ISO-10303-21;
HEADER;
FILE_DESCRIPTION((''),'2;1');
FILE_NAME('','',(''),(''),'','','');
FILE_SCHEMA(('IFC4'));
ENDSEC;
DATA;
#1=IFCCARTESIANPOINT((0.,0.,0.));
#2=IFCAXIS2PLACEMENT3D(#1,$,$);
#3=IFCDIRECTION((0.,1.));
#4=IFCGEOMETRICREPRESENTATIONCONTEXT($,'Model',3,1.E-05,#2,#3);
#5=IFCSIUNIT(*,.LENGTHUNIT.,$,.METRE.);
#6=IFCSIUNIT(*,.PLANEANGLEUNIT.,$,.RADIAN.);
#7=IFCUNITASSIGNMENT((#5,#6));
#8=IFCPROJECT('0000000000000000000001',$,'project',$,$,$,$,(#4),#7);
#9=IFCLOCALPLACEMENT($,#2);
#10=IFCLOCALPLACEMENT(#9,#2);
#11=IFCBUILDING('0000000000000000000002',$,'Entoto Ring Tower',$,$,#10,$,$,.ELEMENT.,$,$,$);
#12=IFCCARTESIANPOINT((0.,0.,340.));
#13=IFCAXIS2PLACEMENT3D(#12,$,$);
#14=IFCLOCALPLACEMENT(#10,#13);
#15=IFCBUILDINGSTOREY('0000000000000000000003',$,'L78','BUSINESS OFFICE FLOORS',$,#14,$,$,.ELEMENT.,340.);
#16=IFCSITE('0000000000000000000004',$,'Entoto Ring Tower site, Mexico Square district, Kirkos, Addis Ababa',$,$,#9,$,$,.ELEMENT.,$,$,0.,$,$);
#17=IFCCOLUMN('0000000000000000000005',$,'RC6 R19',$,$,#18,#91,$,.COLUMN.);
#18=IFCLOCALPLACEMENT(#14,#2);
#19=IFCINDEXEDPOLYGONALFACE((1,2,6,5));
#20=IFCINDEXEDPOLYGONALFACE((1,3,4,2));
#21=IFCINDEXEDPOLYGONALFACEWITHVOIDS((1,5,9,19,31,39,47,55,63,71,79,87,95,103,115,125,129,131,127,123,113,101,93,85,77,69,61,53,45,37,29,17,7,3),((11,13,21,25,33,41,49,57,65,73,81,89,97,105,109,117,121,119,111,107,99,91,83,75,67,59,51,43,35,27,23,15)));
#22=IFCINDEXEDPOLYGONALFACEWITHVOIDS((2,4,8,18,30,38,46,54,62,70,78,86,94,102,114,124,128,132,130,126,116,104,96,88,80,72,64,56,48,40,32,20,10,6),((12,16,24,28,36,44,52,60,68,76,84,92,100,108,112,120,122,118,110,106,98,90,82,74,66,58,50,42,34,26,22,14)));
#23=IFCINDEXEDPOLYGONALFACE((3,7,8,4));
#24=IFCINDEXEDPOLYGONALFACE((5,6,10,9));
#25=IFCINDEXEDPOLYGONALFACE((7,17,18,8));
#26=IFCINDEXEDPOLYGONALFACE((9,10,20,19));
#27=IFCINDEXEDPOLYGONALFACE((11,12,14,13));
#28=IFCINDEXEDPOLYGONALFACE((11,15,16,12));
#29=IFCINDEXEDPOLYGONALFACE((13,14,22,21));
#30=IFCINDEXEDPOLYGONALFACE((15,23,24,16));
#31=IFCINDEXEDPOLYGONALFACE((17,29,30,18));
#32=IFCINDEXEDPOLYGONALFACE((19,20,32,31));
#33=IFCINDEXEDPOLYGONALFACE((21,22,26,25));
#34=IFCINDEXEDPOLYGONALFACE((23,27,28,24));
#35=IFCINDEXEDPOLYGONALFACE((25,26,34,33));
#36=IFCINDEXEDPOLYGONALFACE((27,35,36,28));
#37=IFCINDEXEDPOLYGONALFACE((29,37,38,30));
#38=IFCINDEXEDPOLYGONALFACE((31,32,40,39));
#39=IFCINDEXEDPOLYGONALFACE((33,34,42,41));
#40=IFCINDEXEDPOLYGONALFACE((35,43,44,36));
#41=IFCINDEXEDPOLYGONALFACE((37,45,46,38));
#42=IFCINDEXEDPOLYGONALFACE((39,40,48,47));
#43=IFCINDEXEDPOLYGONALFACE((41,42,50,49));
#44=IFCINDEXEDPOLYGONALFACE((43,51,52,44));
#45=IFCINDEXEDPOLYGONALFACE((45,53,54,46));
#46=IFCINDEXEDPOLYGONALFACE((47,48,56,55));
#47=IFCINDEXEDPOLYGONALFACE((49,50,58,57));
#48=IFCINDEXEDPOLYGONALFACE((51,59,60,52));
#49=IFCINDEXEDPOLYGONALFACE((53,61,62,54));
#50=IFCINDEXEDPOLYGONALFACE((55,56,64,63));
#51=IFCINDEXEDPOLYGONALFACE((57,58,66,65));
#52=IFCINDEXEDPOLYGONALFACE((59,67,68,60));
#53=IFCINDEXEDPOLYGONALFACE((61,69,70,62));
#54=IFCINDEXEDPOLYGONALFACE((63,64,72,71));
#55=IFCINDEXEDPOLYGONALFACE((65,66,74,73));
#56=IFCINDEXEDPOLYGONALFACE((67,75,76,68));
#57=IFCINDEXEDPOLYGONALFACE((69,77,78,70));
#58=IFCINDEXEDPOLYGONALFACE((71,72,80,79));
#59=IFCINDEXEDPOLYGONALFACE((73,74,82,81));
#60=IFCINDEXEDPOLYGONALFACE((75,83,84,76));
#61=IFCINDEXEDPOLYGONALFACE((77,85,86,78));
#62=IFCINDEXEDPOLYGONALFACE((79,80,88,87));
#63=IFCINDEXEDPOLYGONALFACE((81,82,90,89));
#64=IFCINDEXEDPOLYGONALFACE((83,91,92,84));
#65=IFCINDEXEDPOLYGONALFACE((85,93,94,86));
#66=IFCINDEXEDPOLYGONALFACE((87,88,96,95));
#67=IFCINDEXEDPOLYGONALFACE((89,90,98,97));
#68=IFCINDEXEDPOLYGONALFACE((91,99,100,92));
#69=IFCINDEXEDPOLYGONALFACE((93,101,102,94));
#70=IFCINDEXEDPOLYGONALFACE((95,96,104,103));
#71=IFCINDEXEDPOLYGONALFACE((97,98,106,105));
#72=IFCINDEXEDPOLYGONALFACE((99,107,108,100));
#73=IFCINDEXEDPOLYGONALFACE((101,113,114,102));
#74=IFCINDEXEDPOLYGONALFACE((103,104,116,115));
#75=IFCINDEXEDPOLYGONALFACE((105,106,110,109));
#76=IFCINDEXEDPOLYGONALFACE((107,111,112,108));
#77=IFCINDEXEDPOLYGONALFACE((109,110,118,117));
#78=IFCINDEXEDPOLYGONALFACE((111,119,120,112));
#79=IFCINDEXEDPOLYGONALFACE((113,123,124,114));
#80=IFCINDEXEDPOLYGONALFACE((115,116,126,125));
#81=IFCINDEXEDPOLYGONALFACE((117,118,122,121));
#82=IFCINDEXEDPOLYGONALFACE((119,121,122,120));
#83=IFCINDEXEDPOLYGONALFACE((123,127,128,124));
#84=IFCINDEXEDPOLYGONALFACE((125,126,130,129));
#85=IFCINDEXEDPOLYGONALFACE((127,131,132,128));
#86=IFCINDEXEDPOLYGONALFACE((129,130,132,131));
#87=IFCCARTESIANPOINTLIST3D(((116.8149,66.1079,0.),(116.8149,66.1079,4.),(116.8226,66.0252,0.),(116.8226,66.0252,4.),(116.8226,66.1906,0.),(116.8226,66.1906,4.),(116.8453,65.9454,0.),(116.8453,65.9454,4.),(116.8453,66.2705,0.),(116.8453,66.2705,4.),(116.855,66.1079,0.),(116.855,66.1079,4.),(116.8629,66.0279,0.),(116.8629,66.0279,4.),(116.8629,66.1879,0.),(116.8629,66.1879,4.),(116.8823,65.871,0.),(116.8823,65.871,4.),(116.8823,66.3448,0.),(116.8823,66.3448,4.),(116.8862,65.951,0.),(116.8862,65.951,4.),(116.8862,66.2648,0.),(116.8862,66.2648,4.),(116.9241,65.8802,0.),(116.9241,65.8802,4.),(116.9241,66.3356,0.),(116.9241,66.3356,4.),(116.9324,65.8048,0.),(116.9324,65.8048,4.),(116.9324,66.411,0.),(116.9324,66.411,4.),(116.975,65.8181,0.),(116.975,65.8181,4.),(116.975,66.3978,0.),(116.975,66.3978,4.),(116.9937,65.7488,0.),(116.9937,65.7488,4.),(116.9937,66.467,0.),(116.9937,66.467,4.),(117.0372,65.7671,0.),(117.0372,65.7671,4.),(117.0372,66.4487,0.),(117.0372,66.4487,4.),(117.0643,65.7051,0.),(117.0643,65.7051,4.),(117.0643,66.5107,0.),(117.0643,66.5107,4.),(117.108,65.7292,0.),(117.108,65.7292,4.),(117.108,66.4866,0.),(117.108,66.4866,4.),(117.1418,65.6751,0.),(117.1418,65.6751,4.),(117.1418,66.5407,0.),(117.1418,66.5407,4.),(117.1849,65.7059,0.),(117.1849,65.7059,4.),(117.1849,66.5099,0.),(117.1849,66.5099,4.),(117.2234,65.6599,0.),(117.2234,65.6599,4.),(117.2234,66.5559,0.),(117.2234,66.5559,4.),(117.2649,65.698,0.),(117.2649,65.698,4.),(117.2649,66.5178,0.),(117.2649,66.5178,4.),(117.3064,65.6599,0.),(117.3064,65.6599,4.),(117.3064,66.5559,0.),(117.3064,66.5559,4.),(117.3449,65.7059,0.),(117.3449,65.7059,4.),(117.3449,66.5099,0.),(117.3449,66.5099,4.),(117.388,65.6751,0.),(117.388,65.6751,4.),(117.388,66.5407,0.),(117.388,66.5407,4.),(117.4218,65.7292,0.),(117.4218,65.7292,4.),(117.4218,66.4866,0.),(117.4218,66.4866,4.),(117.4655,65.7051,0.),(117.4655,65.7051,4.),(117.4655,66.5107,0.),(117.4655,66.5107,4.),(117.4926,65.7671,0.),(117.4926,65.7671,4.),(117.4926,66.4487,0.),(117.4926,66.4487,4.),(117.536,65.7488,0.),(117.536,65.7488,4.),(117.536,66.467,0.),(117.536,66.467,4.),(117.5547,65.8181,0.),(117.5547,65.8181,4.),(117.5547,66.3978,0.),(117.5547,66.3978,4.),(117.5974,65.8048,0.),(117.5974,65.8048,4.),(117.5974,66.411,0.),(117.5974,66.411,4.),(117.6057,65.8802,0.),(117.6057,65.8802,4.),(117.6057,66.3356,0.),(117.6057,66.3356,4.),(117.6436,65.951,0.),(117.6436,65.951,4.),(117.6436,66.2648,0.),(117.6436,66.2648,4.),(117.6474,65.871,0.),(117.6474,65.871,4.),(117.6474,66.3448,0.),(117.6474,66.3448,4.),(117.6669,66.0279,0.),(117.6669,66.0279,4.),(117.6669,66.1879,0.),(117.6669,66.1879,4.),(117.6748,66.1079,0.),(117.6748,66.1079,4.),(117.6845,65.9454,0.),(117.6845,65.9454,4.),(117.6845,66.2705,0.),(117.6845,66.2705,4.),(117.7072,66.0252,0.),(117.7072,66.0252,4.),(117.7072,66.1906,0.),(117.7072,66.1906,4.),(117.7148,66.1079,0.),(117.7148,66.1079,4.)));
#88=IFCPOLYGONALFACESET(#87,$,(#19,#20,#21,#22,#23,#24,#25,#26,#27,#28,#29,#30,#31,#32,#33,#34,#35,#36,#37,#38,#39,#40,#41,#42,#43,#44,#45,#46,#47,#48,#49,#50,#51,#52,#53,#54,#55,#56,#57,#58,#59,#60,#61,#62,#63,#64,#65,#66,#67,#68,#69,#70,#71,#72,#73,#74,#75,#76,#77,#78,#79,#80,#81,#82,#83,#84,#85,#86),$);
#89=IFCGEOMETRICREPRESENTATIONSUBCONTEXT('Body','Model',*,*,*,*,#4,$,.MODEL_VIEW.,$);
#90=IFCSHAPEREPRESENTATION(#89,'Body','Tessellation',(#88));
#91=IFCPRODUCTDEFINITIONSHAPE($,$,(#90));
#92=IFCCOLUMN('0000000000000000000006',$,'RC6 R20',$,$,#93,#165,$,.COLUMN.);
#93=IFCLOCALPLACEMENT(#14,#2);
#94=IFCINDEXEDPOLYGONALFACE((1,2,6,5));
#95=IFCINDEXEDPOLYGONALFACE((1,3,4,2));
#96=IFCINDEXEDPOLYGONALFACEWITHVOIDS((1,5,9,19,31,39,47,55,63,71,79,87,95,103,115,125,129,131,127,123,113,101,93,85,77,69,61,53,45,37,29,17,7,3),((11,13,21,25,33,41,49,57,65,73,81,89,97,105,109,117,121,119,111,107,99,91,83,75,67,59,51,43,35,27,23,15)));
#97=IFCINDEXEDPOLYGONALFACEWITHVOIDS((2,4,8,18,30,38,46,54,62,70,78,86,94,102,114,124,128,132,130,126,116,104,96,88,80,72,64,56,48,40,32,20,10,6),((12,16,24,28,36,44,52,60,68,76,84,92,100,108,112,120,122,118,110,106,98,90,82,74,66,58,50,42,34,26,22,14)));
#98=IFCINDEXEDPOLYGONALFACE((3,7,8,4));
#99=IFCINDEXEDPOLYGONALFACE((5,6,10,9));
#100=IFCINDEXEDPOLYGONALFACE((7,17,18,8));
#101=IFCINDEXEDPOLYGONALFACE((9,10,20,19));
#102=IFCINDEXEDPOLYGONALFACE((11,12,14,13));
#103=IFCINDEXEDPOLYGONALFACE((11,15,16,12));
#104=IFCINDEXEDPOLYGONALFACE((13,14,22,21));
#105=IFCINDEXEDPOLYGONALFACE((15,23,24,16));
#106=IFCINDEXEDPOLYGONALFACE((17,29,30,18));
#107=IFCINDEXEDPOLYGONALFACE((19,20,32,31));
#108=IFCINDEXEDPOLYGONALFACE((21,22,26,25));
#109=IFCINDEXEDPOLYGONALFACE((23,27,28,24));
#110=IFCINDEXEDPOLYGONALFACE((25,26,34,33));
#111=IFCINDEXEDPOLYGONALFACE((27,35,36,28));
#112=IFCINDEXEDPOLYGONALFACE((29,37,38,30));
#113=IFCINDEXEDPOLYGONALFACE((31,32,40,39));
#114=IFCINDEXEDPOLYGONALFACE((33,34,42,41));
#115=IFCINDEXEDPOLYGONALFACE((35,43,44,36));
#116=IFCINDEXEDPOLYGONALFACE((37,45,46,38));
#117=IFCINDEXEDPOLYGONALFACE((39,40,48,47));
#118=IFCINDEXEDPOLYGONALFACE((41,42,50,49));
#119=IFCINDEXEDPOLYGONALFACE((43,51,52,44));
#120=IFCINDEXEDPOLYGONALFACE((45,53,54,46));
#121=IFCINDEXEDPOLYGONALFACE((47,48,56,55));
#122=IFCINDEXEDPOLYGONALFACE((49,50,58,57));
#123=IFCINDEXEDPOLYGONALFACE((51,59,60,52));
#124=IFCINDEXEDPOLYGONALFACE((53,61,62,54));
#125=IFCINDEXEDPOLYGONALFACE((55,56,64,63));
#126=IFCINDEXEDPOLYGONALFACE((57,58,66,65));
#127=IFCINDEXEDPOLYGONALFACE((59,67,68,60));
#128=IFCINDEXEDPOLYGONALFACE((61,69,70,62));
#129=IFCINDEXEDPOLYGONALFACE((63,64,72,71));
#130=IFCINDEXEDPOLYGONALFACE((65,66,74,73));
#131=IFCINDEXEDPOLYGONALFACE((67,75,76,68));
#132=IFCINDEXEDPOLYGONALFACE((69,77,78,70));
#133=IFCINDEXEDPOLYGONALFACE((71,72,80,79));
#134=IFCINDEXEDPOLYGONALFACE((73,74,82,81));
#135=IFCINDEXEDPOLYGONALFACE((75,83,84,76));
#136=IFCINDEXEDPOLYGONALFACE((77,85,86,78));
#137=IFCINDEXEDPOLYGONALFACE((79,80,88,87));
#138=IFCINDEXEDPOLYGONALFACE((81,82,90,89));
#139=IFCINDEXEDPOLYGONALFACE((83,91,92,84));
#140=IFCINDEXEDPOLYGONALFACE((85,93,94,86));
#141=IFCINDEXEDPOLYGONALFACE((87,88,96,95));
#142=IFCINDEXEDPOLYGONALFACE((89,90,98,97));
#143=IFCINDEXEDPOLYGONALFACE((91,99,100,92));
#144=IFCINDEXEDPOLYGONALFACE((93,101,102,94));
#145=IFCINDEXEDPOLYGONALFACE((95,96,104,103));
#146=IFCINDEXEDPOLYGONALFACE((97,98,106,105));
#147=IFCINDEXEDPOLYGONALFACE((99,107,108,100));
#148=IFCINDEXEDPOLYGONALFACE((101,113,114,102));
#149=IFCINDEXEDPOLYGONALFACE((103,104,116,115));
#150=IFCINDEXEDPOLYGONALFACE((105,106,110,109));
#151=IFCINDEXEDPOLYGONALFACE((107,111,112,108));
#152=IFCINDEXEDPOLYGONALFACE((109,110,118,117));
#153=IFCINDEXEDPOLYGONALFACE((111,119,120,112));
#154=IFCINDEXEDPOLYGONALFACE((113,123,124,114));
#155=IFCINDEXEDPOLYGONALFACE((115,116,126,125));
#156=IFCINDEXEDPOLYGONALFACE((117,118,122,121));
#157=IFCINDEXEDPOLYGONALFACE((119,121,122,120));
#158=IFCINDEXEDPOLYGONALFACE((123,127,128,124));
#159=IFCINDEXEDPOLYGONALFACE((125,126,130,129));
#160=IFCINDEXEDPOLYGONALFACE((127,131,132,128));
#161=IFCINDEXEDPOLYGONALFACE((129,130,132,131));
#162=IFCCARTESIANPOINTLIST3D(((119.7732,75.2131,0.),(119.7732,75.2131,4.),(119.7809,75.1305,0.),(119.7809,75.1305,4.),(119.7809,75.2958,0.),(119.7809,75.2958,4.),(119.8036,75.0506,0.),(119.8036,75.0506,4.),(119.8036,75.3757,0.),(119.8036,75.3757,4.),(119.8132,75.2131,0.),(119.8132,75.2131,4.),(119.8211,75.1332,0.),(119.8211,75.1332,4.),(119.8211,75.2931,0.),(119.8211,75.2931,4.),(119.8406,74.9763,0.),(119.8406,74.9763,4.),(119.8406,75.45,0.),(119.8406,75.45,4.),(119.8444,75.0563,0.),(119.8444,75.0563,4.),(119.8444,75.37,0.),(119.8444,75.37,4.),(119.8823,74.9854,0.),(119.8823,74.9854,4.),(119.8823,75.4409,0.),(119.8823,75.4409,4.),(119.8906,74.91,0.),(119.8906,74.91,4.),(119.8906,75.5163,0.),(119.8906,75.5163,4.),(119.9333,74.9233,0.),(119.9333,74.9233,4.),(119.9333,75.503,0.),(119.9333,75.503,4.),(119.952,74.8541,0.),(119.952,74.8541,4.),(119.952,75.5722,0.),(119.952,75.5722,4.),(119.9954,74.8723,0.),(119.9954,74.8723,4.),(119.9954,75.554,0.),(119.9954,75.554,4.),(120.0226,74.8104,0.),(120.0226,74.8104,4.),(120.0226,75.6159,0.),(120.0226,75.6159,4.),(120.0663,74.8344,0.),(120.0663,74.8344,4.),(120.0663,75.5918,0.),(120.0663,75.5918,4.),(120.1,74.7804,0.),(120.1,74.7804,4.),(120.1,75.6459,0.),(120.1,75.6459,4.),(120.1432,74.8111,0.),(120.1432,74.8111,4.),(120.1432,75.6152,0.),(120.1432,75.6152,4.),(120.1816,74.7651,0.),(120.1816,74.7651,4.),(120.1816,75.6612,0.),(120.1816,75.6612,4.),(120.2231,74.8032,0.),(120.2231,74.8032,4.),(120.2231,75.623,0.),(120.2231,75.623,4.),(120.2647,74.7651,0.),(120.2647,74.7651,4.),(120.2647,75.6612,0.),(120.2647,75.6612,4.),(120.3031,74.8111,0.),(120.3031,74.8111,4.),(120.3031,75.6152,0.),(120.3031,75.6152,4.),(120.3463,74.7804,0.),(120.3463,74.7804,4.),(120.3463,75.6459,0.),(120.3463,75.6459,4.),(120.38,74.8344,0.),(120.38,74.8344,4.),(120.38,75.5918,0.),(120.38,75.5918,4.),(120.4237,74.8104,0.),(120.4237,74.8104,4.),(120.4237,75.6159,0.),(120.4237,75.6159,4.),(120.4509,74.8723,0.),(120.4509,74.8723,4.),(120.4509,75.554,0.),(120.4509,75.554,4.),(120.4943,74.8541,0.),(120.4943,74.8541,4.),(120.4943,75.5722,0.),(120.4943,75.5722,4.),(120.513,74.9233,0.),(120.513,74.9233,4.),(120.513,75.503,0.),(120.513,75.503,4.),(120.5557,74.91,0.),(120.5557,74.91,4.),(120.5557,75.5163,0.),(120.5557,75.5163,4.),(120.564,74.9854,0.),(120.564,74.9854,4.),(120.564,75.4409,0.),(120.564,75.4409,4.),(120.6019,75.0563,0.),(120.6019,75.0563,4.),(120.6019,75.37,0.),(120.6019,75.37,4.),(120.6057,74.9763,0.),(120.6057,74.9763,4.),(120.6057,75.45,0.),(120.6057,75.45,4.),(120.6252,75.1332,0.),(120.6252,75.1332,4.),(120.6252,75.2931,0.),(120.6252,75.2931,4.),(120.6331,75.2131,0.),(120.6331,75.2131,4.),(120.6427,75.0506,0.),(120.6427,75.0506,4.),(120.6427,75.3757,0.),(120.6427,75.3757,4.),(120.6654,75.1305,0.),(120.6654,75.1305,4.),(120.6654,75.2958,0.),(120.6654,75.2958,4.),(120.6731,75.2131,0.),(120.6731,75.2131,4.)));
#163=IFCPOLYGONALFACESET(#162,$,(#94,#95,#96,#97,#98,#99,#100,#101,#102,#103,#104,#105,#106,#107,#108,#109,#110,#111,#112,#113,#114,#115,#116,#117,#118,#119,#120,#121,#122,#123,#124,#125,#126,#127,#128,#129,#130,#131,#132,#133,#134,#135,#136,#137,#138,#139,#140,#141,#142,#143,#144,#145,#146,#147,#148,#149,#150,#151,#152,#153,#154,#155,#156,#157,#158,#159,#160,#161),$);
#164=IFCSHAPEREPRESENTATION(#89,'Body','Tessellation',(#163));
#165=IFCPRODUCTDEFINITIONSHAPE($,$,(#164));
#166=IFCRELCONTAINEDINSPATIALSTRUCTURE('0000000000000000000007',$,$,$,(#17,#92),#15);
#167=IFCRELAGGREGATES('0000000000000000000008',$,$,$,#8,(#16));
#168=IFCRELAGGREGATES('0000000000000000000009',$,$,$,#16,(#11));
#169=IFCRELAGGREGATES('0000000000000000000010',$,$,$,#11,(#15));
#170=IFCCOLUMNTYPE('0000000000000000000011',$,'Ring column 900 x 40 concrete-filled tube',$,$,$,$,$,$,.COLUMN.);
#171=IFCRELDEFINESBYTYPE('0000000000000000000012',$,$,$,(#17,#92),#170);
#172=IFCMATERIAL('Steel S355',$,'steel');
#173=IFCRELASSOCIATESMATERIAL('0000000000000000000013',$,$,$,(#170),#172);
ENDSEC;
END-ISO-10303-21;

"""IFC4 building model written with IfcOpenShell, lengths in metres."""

from ifc_helpers import new_model, si_unit, direction, frame, origin, origin_2d, place, context, subcontext, project, spatial, circle, hollow_circle, extrude, material, material_profile, profile_set, type_object, element, save


model = new_model("IFC4")

# Units and contexts
model_context = context("Model", 3, precision=1e-05, world=origin(), true_north=direction((0.0, 1.0)))
body_context = subcontext(model_context, "Body", "Model", "MODEL_VIEW")
ifc_project = project(units=[si_unit("LENGTHUNIT", "METRE"), si_unit("PLANEANGLEUNIT", "RADIAN")], contexts=[model_context])

# Site, building, storey
site_placement = place(None, origin())
site = spatial("IfcSite", under=ifc_project, at=site_placement, Name="Entoto Ring Tower site, Mexico Square district, Kirkos, Addis Ababa", CompositionType="ELEMENT", RefElevation=0.0)
building_placement = place(site_placement, origin())
building = spatial("IfcBuilding", under=site, at=building_placement, Name="Entoto Ring Tower", CompositionType="ELEMENT")
storey_placement = place(building_placement, frame((0.0, 0.0, 340.0)))
storey = spatial("IfcBuildingStorey", under=building, at=storey_placement, Name="L78", Description="BUSINESS OFFICE FLOORS", CompositionType="ELEMENT", Elevation=340.0)

# Columns
ifc_material_1 = material(Name="Steel S355", Category="steel")
ifc_material_profile_1 = material_profile(ifc_material_1, hollow_circle(Radius=0.45, WallThickness=0.04, at=origin_2d()), Name="CHS 900 x 40")
ifc_material_2 = material(Name="Concrete C60/75", Category="concrete")
ifc_material_profile_2 = material_profile(ifc_material_2, circle(Radius=0.4099, at=origin_2d()), Name="Concrete C60/75 infill")
ifc_profile_set_1 = profile_set([ifc_material_profile_1, ifc_material_profile_2], Name="Steel S355")
column_type = type_object("IfcColumnType", Name="Ring column 900 x 40 concrete-filled tube", PredefinedType="COLUMN", material=ifc_profile_set_1)
for number, where, z_axis, x_axis, name in (
    (1, (117.2649, 66.1079, 0.0), (0.0, 0.0, 1.0), (1.0, 0.0, 0.0), "RC6 R19"),
    (2, (120.2231, 75.2131, 0.0), (0.0, 0.0, 1.0), (1.0, 0.0, 0.0), "RC6 R20"),
):
    element("IfcColumn", number, at=place(storey_placement, frame(where, z_axis=z_axis, x_axis=x_axis)), inside=storey, type_object=column_type, Name=name, PredefinedType="COLUMN", context=body_context, shape_type="SweptSolid", body=[
        extrude(hollow_circle(Radius=0.45, WallThickness=0.04, at=origin_2d()), origin(), (0.0, 0.0, 1.0), 4.0),
    ])

save(model, "model.ifc")
